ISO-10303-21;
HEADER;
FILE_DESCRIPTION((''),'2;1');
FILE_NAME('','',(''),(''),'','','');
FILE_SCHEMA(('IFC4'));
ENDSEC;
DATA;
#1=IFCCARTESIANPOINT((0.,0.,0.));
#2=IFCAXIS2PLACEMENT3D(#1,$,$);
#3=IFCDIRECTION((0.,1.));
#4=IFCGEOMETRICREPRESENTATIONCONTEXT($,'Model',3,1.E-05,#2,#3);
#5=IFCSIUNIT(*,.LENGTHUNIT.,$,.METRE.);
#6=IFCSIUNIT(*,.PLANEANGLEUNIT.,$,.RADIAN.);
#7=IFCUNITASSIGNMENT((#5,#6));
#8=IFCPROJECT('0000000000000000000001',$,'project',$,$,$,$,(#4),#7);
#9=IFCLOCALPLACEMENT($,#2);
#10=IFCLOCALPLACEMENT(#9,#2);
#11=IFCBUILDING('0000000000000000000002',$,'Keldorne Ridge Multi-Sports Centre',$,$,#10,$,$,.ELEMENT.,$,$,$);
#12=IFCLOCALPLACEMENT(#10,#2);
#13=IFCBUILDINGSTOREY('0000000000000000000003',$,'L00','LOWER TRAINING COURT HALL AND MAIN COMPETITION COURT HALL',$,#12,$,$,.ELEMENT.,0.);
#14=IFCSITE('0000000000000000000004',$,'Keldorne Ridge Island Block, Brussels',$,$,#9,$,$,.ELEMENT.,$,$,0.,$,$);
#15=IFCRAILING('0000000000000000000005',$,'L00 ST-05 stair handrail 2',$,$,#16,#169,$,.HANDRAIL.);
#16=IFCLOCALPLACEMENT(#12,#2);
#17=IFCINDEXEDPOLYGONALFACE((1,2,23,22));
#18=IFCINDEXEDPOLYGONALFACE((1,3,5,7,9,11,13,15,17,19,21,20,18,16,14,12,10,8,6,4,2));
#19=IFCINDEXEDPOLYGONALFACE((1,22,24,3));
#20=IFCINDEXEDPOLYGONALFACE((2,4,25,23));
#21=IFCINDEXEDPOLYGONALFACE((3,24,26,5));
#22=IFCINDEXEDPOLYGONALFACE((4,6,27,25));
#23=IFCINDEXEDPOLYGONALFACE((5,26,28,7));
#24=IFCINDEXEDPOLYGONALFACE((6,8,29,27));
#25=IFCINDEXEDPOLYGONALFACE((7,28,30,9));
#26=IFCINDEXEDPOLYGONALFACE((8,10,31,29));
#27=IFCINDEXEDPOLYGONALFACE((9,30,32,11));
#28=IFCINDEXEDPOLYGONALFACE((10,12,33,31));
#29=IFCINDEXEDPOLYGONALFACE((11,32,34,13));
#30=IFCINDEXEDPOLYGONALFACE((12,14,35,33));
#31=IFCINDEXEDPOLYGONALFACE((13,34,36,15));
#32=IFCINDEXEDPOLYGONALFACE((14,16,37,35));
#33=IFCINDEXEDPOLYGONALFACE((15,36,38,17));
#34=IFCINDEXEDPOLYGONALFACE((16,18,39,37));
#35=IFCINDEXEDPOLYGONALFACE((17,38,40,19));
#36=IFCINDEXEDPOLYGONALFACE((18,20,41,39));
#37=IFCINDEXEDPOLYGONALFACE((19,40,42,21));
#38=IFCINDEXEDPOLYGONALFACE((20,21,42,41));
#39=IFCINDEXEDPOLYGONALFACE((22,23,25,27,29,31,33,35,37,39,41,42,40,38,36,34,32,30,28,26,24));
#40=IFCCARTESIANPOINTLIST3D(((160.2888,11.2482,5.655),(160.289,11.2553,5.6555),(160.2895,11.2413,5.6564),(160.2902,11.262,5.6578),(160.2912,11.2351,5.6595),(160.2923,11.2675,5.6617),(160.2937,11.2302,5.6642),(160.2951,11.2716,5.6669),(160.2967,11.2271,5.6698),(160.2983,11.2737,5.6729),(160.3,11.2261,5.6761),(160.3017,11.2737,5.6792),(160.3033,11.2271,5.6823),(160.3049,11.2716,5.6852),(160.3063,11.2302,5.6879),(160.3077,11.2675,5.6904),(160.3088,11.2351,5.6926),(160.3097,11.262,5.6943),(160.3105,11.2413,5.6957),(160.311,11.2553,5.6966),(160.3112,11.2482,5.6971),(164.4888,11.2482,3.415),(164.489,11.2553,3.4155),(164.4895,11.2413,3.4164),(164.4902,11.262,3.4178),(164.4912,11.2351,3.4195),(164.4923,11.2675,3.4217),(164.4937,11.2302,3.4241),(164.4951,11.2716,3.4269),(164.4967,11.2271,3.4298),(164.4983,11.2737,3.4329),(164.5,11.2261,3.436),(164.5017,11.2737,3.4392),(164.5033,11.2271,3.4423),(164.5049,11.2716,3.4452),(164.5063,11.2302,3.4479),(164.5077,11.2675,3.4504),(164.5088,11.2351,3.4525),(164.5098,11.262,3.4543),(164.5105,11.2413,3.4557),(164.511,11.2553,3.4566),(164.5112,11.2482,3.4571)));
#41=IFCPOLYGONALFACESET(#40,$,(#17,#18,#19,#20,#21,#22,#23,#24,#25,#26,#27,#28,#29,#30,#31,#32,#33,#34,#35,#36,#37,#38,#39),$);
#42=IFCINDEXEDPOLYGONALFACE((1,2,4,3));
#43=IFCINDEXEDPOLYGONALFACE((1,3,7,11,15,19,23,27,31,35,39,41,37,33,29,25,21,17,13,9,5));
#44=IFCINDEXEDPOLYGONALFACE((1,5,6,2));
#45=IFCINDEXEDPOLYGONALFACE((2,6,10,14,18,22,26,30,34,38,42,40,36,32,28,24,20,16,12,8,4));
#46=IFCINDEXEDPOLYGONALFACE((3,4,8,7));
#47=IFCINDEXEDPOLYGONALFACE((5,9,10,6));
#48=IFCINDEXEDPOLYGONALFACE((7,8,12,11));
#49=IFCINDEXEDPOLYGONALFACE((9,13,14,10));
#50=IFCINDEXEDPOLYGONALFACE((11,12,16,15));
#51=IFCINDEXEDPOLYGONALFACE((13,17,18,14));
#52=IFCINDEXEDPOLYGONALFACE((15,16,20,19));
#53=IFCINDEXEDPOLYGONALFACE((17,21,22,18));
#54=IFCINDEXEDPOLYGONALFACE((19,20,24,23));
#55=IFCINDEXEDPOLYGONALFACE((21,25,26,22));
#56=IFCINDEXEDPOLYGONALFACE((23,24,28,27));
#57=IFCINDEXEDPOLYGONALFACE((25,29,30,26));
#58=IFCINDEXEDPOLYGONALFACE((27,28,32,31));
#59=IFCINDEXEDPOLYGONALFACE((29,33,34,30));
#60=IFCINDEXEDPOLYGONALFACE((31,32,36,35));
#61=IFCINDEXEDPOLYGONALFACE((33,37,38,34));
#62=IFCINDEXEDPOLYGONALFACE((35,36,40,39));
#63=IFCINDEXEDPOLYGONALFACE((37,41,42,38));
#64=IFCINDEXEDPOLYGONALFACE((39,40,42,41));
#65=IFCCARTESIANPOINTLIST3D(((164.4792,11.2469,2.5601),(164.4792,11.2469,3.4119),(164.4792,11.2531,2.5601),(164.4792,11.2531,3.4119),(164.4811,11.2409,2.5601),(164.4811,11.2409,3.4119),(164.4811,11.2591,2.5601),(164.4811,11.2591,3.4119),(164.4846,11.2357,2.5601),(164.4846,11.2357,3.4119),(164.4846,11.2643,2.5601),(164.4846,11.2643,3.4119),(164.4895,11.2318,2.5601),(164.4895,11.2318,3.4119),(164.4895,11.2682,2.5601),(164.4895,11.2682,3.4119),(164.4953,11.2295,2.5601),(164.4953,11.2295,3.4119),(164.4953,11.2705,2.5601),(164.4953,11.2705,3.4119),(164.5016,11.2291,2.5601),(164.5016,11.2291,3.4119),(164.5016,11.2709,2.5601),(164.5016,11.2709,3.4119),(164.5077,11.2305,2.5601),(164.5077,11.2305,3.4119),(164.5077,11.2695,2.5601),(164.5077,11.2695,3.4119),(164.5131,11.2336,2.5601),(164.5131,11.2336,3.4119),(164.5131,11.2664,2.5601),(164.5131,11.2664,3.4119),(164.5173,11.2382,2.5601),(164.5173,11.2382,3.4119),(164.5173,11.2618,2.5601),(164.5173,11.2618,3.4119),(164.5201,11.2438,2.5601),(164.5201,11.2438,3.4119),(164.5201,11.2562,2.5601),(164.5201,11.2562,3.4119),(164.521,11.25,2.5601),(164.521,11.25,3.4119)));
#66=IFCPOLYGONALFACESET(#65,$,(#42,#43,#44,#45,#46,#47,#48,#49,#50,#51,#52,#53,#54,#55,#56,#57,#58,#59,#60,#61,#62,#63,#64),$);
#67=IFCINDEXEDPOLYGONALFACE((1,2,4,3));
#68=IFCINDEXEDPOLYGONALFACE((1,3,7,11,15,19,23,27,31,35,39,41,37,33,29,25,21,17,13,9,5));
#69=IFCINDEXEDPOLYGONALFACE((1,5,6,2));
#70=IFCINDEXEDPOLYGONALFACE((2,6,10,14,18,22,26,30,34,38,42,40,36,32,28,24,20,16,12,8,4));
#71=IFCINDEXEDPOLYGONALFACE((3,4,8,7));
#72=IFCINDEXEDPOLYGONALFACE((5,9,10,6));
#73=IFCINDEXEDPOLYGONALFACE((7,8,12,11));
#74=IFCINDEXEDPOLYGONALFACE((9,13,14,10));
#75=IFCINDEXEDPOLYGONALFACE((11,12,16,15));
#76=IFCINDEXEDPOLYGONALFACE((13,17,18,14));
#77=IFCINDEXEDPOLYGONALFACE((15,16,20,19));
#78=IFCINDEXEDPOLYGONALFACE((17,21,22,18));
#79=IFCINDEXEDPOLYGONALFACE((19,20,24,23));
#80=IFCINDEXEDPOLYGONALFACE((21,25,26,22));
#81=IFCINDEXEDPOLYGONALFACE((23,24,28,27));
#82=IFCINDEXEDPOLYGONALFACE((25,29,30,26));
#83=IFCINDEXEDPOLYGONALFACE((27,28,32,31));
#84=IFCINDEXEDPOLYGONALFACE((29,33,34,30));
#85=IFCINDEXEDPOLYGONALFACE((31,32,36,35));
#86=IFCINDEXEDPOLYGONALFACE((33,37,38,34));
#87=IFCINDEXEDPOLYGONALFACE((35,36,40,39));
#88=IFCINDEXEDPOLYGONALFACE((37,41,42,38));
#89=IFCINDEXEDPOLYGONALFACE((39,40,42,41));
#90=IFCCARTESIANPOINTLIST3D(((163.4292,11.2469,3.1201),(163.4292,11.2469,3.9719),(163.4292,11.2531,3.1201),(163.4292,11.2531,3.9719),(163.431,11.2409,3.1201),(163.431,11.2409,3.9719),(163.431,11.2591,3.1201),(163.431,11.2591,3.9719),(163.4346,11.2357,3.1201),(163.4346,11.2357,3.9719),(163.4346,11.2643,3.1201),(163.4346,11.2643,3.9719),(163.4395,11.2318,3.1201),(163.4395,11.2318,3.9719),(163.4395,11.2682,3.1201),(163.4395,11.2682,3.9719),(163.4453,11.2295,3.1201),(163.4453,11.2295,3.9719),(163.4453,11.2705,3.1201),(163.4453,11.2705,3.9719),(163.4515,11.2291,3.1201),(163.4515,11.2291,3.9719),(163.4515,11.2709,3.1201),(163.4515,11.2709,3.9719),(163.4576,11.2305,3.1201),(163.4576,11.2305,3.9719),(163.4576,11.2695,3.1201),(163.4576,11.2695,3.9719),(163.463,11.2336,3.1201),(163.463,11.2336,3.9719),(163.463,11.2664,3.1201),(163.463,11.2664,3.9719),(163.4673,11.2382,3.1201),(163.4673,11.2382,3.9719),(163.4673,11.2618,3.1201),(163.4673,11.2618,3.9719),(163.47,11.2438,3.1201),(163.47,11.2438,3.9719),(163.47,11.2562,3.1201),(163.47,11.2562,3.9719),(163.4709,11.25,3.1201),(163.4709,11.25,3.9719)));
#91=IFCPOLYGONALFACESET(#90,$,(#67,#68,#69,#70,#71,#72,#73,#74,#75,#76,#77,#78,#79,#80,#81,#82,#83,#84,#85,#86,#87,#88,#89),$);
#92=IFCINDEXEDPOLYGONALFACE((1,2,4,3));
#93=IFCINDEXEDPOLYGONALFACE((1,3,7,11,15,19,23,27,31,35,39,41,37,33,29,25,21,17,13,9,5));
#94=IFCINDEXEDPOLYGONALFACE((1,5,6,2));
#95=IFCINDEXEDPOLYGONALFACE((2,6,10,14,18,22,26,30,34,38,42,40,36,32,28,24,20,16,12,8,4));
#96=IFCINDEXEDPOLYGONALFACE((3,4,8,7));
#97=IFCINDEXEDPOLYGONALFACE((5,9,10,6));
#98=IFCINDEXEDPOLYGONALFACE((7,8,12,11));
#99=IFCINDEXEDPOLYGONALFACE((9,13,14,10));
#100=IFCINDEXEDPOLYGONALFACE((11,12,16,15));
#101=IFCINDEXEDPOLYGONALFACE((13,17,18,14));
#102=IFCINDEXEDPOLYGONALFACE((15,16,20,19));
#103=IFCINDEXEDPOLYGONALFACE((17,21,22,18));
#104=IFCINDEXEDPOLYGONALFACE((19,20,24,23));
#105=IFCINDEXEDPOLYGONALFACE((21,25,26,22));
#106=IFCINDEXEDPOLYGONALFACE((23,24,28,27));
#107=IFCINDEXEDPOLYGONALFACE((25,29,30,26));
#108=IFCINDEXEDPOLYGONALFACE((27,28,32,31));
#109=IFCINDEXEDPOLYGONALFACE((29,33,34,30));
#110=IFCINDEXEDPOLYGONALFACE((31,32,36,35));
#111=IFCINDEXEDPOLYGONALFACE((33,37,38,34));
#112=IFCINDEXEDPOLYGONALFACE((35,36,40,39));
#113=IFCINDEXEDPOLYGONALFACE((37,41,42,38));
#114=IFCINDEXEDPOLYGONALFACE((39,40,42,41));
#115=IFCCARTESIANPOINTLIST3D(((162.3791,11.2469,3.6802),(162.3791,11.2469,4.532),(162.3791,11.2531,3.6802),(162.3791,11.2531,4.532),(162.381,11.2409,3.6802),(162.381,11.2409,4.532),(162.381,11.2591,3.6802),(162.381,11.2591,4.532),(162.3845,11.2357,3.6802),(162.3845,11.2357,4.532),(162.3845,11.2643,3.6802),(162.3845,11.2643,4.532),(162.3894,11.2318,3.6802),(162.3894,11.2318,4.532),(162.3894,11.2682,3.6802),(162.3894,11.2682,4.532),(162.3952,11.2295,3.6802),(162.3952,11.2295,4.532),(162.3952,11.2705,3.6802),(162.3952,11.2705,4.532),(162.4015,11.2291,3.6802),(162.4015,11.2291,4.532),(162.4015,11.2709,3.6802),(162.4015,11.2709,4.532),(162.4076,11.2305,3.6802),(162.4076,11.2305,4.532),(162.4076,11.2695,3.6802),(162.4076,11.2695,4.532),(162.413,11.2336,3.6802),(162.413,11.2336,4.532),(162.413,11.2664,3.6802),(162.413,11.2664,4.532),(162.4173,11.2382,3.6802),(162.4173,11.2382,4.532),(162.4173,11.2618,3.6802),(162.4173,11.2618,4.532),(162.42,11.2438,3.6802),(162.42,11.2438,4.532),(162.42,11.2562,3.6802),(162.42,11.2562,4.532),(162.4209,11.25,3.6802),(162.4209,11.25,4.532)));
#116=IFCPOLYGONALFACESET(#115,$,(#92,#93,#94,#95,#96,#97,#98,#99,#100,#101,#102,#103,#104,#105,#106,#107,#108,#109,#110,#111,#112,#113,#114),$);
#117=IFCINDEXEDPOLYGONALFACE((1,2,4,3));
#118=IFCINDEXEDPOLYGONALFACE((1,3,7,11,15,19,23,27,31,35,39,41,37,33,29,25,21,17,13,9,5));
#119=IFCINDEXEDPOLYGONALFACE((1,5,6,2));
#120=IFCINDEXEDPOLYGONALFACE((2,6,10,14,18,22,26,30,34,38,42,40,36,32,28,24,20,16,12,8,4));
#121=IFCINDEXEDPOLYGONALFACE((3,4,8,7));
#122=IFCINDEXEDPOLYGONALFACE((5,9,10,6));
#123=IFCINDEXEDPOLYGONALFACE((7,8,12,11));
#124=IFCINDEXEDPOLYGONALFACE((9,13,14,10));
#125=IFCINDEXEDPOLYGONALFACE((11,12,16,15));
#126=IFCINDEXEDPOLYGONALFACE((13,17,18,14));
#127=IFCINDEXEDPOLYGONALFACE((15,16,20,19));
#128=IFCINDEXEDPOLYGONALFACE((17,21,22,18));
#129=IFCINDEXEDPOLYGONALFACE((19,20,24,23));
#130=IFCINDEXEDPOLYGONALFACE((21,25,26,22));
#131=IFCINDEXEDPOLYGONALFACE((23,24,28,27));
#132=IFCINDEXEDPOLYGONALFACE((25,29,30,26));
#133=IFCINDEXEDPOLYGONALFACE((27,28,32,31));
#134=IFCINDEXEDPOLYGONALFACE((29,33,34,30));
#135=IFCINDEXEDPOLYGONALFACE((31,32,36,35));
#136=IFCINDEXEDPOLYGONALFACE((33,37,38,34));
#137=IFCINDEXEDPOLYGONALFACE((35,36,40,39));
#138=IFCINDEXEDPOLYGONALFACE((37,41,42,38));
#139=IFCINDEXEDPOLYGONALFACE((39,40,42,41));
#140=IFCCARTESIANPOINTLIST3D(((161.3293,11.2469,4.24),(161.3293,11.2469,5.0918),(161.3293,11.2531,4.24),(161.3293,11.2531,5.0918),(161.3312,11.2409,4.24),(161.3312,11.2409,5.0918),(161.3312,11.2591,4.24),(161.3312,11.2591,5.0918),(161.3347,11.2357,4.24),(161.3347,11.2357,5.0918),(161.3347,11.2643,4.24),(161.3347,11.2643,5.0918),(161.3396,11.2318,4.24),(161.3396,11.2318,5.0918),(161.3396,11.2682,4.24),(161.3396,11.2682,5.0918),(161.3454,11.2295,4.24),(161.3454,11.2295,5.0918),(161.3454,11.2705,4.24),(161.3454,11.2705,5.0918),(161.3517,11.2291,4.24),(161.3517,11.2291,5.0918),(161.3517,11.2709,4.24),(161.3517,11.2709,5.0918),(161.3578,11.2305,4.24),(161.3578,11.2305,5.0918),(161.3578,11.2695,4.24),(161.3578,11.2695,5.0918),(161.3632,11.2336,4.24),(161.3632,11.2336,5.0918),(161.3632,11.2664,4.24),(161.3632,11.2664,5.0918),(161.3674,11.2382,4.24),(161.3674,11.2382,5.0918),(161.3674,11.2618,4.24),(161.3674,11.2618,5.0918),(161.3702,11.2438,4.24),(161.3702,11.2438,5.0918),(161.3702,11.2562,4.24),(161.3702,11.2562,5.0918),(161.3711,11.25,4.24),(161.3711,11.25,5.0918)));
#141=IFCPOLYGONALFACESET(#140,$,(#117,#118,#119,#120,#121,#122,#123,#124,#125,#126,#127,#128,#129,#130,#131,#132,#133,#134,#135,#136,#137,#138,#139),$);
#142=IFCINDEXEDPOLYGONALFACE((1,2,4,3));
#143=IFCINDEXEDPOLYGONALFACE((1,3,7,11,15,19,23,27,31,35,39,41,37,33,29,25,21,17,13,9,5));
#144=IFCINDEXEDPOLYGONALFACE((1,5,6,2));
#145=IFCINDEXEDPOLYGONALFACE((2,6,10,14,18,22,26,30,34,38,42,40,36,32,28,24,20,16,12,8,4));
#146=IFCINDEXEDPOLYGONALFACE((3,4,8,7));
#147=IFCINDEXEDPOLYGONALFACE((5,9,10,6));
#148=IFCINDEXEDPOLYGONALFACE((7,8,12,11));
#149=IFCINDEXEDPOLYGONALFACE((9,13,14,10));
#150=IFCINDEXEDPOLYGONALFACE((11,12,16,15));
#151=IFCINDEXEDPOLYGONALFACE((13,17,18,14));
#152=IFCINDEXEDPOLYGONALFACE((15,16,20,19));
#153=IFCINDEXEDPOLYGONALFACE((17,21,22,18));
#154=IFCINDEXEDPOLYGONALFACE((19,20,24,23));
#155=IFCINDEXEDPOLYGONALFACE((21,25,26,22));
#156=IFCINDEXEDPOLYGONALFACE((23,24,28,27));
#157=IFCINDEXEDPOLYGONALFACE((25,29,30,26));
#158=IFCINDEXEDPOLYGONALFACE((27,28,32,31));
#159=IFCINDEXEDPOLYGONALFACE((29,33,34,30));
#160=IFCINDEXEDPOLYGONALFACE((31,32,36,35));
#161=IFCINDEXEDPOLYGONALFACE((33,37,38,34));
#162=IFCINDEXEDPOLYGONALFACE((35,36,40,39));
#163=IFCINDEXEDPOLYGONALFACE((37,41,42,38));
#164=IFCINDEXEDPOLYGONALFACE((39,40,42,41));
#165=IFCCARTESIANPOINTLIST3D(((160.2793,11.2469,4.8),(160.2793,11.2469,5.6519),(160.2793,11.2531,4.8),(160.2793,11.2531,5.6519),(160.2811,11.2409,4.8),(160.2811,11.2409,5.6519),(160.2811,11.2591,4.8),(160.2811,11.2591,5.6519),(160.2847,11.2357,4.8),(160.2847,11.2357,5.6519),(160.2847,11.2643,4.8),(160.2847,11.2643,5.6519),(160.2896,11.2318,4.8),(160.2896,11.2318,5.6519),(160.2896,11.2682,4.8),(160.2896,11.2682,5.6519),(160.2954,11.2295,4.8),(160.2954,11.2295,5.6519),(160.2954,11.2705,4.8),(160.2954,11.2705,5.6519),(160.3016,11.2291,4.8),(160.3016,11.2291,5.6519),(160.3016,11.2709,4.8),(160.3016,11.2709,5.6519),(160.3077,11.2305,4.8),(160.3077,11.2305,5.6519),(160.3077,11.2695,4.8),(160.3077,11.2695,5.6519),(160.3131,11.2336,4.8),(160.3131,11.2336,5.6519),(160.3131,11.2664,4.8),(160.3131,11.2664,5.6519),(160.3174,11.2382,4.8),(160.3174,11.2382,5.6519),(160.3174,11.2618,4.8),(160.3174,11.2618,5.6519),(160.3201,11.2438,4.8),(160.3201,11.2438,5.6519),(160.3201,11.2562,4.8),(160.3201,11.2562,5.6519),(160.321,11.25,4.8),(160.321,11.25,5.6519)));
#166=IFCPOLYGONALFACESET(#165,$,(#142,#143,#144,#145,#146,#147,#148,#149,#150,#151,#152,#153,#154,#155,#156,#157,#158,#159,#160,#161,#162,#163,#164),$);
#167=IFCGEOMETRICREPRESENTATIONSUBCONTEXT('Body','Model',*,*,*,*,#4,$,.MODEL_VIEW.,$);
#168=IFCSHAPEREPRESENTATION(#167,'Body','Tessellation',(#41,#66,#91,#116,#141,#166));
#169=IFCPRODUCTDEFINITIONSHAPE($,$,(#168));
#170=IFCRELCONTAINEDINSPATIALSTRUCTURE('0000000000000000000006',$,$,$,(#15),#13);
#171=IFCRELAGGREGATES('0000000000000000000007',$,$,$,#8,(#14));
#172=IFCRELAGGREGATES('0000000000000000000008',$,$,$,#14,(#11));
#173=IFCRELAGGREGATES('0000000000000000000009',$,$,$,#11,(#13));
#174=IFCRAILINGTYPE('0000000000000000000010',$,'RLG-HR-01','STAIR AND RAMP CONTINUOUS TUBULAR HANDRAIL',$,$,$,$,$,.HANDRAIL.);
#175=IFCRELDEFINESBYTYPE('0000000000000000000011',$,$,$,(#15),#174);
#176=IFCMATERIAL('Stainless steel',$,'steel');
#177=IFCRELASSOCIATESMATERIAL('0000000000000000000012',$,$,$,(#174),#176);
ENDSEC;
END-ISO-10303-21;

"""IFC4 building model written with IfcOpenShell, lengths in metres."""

from ifc_helpers import new_model, si_unit, direction, frame, origin, origin_2d, place, context, subcontext, project, spatial, circle, extrude, material, type_object, element, save


model = new_model("IFC4")

# Units and contexts
model_context = context("Model", 3, precision=1e-05, world=origin(), true_north=direction((0.0, 1.0)))
body_context = subcontext(model_context, "Body", "Model", "MODEL_VIEW")
ifc_project = project(units=[si_unit("LENGTHUNIT", "METRE"), si_unit("PLANEANGLEUNIT", "RADIAN")], contexts=[model_context])

# Site, building, storey
site_placement = place(None, origin())
site = spatial("IfcSite", under=ifc_project, at=site_placement, Name="Keldorne Ridge Island Block, Brussels", CompositionType="ELEMENT", RefElevation=0.0)
building_placement = place(site_placement, origin())
building = spatial("IfcBuilding", under=site, at=building_placement, Name="Keldorne Ridge Multi-Sports Centre", CompositionType="ELEMENT")
storey_placement = place(building_placement, origin())
storey = spatial("IfcBuildingStorey", under=building, at=storey_placement, Name="L00", Description="LOWER TRAINING COURT HALL AND MAIN COMPETITION COURT HALL", CompositionType="ELEMENT", Elevation=0.0)

# Railing
ifc_material_1 = material(Name="Stainless steel", Category="steel")
railing_type_1 = type_object("IfcRailingType", Name="RLG-HR-01", Description="STAIR AND RAMP CONTINUOUS TUBULAR HANDRAIL", PredefinedType="HANDRAIL", material=ifc_material_1)
railing_1_placement = place(storey_placement, frame((164.5, 11.25, 2.5601)))
element("IfcRailing", 1, at=railing_1_placement, inside=storey, type_object=railing_type_1, Name="L00 ST-05 stair handrail 2", PredefinedType="HANDRAIL", context=body_context, shape_type="SweptSolid", body=[
    extrude(circle(Radius=0.0239, at=origin_2d()), frame((0.0, 0.0, 0.876), z_axis=(-0.882352, 0.0, 0.470591), x_axis=(0.0, -1.0, 0.0)), (0.0, 0.0, 1.0), 4.76),
    extrude(circle(Radius=0.021, at=origin_2d()), origin(), (0.0, 0.0, 1.0), 0.8518),
    extrude(circle(Radius=0.021, at=origin_2d()), frame((-1.05, 0.0, 0.5601)), (0.0, 0.0, 1.0), 0.8518),
    extrude(circle(Radius=0.021, at=origin_2d()), frame((-2.1001, 0.0, 1.1201)), (0.0, 0.0, 1.0), 0.8518),
    extrude(circle(Radius=0.021, at=origin_2d()), frame((-3.1499, 0.0, 1.6799)), (0.0, 0.0, 1.0), 0.8518),
    extrude(circle(Radius=0.021, at=origin_2d()), frame((-4.2, 0.0, 2.24)), (0.0, 0.0, 1.0), 0.8518),
])

save(model, "model.ifc")
